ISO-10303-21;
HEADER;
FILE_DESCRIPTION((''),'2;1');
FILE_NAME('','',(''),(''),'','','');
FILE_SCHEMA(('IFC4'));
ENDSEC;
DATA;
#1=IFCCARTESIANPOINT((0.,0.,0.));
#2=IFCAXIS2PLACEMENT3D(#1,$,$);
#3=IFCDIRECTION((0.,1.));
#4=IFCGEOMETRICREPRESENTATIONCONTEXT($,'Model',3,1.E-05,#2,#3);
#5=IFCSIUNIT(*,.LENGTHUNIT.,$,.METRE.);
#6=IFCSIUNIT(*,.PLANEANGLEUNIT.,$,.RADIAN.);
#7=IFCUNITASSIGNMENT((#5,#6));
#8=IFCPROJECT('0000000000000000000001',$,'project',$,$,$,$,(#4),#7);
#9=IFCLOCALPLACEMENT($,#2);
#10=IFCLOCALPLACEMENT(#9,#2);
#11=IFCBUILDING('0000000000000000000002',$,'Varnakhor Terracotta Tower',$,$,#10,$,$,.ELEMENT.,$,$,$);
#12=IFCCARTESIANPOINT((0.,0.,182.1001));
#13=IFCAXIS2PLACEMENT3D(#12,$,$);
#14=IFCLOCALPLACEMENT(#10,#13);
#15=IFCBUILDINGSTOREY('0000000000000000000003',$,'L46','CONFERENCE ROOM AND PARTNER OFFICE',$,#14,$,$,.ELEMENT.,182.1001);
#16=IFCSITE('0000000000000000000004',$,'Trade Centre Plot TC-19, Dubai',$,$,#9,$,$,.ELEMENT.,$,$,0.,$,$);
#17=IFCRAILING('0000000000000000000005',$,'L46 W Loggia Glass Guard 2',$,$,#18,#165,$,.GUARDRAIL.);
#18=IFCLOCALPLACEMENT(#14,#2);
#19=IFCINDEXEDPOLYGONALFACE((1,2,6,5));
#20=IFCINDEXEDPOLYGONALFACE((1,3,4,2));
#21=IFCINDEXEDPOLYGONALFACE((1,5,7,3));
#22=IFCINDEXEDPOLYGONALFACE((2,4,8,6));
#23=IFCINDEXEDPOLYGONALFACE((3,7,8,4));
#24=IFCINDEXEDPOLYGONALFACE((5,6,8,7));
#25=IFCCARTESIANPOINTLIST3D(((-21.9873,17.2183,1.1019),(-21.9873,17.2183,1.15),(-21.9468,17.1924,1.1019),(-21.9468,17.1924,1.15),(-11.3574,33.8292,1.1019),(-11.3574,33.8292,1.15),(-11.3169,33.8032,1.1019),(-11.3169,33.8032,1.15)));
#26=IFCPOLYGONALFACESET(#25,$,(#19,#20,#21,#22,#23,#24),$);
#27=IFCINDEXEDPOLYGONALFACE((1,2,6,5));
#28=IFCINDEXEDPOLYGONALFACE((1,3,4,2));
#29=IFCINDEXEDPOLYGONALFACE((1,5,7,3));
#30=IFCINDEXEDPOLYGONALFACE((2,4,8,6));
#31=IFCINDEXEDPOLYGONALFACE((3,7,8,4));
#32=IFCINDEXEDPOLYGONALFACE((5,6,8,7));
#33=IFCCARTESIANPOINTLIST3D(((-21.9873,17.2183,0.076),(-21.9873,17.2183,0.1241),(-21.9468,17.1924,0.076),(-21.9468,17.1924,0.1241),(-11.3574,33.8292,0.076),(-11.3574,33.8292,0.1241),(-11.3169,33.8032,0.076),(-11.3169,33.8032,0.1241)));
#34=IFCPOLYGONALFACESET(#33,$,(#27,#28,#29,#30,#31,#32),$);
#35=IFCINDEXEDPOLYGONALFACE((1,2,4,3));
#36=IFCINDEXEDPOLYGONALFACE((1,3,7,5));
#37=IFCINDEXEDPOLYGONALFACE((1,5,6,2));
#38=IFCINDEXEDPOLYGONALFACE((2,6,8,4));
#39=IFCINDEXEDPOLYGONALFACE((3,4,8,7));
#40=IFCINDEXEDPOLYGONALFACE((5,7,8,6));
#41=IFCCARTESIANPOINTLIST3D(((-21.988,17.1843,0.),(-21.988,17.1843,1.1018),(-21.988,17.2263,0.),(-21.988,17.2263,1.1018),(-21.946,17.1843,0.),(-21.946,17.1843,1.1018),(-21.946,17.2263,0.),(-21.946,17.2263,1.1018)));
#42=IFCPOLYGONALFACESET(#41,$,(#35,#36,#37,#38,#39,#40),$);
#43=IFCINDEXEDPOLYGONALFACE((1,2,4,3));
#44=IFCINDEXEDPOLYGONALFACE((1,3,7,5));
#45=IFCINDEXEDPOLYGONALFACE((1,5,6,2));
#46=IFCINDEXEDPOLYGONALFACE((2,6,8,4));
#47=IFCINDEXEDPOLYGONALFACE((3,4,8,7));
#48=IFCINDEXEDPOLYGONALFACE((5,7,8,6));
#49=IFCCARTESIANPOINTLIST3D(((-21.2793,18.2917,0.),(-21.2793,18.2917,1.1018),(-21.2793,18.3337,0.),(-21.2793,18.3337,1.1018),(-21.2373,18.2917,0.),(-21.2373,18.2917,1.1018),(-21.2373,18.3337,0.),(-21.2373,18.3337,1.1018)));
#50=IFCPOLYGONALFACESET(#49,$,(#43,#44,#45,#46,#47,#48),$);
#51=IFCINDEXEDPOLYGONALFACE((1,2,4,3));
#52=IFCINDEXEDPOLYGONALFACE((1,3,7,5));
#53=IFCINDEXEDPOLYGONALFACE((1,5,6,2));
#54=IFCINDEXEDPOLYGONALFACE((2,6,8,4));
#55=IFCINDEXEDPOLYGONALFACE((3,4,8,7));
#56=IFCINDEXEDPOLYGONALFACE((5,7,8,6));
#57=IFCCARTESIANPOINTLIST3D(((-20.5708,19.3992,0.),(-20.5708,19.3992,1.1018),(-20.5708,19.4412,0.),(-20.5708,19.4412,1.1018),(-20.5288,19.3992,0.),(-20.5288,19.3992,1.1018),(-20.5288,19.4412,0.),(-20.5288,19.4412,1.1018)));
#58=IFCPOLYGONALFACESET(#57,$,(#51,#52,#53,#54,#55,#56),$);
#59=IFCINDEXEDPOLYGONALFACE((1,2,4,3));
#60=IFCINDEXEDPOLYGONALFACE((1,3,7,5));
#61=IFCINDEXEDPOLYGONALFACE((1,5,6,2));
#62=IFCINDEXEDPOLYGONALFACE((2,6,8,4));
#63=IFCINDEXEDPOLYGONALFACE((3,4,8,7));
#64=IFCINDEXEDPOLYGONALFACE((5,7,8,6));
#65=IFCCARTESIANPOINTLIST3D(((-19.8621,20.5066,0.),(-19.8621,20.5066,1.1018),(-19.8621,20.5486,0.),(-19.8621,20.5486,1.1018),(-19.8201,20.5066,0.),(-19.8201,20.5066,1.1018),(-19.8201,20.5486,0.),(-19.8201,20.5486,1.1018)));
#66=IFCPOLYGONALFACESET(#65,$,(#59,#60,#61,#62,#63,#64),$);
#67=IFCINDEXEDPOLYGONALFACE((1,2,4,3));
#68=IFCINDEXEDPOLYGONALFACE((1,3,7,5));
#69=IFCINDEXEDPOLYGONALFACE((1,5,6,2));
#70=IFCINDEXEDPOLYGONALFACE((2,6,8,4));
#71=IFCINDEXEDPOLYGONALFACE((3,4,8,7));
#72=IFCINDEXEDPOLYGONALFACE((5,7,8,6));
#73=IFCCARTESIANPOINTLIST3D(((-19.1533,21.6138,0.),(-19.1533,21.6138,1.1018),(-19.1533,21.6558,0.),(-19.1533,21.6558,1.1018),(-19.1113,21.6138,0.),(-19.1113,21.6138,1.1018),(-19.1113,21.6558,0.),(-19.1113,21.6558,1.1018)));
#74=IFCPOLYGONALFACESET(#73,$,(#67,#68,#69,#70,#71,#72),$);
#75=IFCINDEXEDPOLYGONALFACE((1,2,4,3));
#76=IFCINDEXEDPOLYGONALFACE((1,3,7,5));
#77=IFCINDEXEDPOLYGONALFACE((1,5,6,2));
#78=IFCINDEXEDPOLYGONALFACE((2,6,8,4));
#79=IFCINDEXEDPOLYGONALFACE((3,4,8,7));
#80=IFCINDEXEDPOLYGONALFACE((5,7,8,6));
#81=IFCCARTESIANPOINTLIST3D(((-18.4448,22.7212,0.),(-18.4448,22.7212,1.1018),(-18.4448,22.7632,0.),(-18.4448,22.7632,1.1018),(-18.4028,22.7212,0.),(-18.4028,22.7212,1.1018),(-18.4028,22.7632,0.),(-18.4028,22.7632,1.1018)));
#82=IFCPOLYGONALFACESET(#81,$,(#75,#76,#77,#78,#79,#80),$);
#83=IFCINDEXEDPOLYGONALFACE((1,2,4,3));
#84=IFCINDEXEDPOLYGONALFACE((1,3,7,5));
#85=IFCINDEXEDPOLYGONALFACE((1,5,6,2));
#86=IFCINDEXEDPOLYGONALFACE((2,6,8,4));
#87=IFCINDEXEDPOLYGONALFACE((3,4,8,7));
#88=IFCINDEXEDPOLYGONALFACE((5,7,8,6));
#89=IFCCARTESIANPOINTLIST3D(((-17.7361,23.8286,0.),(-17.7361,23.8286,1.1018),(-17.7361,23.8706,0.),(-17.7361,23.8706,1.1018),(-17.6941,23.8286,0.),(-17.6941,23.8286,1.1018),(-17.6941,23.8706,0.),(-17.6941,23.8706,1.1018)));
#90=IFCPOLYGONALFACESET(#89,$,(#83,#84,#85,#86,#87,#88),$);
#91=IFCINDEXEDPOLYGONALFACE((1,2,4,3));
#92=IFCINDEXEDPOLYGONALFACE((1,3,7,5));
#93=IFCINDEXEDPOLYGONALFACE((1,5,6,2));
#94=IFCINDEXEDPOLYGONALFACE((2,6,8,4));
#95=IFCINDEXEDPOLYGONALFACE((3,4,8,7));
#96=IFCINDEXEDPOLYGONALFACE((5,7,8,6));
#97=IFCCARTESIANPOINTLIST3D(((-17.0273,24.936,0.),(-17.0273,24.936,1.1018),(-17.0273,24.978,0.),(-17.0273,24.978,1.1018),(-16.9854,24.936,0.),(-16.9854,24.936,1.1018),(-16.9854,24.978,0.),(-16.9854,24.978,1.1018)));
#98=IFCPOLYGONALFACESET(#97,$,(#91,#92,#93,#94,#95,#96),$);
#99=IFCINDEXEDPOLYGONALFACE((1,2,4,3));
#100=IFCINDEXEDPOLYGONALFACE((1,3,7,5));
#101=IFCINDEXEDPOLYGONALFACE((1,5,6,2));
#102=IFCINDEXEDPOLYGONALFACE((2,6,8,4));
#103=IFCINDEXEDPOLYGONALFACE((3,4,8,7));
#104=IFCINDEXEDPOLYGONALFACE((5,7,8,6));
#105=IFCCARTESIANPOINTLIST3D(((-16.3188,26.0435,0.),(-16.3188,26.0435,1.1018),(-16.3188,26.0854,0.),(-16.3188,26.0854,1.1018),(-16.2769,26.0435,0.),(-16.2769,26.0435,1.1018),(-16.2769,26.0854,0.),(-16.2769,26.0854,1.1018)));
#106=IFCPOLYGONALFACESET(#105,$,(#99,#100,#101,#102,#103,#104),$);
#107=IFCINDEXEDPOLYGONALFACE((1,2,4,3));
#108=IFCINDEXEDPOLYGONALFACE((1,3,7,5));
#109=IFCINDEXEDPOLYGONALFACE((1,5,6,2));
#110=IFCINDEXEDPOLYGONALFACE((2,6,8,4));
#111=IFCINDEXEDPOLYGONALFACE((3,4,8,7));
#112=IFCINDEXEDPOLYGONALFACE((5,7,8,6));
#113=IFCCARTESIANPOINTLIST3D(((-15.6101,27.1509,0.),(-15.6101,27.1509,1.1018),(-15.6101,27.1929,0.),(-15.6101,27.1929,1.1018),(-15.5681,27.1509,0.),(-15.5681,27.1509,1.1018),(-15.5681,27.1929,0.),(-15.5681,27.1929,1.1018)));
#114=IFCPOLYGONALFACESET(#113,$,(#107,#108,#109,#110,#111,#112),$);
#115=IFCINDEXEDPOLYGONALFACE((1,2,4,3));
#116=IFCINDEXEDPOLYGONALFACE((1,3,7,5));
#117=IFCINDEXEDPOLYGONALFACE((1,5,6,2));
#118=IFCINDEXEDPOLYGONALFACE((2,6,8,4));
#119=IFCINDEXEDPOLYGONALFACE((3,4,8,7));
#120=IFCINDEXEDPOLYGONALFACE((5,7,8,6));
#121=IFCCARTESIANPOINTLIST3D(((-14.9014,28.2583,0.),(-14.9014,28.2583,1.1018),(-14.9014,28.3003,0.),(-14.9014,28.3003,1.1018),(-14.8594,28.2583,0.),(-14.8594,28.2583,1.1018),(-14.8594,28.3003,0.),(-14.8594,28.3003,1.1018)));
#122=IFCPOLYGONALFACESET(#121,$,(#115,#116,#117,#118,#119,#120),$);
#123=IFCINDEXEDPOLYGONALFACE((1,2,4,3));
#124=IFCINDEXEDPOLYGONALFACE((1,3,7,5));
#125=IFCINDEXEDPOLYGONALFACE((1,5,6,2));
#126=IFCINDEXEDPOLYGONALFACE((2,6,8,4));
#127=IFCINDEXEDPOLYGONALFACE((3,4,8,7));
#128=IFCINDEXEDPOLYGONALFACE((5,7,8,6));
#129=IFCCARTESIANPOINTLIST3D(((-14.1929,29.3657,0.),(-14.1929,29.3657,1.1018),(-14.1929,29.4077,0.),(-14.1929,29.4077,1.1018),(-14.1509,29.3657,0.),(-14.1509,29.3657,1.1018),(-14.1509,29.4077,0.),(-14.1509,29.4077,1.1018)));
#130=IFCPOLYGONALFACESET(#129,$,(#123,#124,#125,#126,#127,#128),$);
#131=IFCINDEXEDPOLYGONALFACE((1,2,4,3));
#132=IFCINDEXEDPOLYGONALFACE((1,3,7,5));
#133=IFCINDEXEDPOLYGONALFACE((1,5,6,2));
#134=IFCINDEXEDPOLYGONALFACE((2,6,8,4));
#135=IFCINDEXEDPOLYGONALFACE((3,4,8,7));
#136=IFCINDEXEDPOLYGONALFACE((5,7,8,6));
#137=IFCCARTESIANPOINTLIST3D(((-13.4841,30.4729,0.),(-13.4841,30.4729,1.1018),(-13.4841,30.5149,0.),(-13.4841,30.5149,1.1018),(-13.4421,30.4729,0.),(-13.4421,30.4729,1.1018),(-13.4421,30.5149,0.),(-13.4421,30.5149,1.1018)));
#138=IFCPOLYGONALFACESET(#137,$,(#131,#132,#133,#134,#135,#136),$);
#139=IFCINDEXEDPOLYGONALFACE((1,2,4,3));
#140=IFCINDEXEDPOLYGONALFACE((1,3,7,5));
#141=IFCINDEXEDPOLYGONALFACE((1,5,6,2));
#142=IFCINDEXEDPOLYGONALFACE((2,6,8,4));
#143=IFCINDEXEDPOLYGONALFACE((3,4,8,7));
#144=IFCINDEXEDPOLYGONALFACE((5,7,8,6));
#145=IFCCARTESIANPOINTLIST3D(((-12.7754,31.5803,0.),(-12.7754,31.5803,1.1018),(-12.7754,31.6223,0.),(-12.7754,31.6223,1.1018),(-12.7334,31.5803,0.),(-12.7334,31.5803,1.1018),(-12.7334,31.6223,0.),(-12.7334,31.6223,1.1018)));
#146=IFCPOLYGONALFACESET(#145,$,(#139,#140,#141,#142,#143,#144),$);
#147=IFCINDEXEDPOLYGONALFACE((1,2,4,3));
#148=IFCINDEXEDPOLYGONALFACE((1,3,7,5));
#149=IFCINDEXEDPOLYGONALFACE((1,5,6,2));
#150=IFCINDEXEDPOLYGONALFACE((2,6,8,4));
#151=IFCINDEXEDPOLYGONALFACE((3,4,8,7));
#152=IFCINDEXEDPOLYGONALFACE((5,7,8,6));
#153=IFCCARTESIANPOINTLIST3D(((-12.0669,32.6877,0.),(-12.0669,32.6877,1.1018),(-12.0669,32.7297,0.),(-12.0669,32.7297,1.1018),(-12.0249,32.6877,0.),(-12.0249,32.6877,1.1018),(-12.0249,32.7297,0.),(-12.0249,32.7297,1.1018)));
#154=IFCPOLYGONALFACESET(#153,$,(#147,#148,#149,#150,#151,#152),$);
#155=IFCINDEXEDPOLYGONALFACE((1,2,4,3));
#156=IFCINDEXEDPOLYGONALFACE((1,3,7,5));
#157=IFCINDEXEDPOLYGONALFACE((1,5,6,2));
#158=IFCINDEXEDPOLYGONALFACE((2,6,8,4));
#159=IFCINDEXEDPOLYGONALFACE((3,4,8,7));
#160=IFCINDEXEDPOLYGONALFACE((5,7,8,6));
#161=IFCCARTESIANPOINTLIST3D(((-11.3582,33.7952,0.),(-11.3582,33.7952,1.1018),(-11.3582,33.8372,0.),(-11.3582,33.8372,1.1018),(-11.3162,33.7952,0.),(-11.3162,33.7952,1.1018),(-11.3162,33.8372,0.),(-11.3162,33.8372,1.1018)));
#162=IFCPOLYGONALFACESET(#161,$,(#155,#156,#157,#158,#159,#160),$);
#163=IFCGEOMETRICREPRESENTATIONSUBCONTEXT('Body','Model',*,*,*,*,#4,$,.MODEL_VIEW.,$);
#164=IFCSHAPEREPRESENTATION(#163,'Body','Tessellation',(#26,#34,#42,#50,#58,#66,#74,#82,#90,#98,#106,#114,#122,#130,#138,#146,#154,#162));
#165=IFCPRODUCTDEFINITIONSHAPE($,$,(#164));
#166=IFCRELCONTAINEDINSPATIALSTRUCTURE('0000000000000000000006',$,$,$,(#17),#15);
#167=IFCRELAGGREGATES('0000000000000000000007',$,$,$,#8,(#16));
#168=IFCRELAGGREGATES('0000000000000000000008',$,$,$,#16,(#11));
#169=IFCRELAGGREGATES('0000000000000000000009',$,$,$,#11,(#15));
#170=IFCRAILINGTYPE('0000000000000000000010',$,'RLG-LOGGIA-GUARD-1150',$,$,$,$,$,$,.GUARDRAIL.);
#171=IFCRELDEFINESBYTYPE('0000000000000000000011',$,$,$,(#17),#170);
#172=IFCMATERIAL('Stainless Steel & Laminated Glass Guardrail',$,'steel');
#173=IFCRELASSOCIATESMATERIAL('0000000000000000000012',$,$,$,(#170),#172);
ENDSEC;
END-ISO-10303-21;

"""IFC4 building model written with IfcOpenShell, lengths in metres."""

from ifc_helpers import new_model, si_unit, direction, frame, origin, origin_2d, place, context, subcontext, project, spatial, rectangle, extrude, material, type_object, element, save


model = new_model("IFC4")

# Units and contexts
model_context = context("Model", 3, precision=1e-05, world=origin(), true_north=direction((0.0, 1.0)))
body_context = subcontext(model_context, "Body", "Model", "MODEL_VIEW")
ifc_project = project(units=[si_unit("LENGTHUNIT", "METRE"), si_unit("PLANEANGLEUNIT", "RADIAN")], contexts=[model_context])

# Site, building, storey
site_placement = place(None, origin())
site = spatial("IfcSite", under=ifc_project, at=site_placement, Name="Trade Centre Plot TC-19, Dubai", CompositionType="ELEMENT", RefElevation=0.0)
building_placement = place(site_placement, origin())
building = spatial("IfcBuilding", under=site, at=building_placement, Name="Varnakhor Terracotta Tower", CompositionType="ELEMENT")
storey_placement = place(building_placement, frame((0.0, 0.0, 182.1001)))
storey = spatial("IfcBuildingStorey", under=building, at=storey_placement, Name="L46", Description="CONFERENCE ROOM AND PARTNER OFFICE", CompositionType="ELEMENT", Elevation=182.1001)

# Railing
ifc_material_1 = material(Name="Stainless Steel & Laminated Glass Guardrail", Category="steel")
railing_type = type_object("IfcRailingType", Name="RLG-LOGGIA-GUARD-1150", PredefinedType="GUARDRAIL", material=ifc_material_1)
railing_1_placement = place(storey_placement, frame((-21.967, 17.2053, 0.0)))
element("IfcRailing", 1, at=railing_1_placement, inside=storey, type_object=railing_type, Name="L46 W Loggia Glass Guard 2", PredefinedType="GUARDRAIL", context=body_context, shape_type="SweptSolid", body=[
    extrude(rectangle(XDim=0.0481, YDim=0.0481, at=origin_2d()), frame((0.0, 0.0, 1.126), z_axis=(0.539016, 0.842296, 0.0), x_axis=(-0.842296, 0.539016, 0.0)), (0.0, 0.0, 1.0), 19.7209),
    extrude(rectangle(XDim=0.0481, YDim=0.0481, at=origin_2d()), frame((0.0, 0.0, 0.1001), z_axis=(0.539016, 0.842296, 0.0), x_axis=(-0.842296, 0.539016, 0.0)), (0.0, 0.0, 1.0), 19.7209),
    extrude(rectangle(XDim=0.042, YDim=0.042, at=origin_2d()), origin(), (0.0, 0.0, 1.0), 1.1018),
    extrude(rectangle(XDim=0.042, YDim=0.042, at=origin_2d()), frame((0.7087, 1.1074, 0.0)), (0.0, 0.0, 1.0), 1.1018),
    extrude(rectangle(XDim=0.042, YDim=0.042, at=origin_2d()), frame((1.4172, 2.2148, 0.0)), (0.0, 0.0, 1.0), 1.1018),
    extrude(rectangle(XDim=0.042, YDim=0.042, at=origin_2d()), frame((2.126, 3.3223, 0.0)), (0.0, 0.0, 1.0), 1.1018),
    extrude(rectangle(XDim=0.042, YDim=0.042, at=origin_2d()), frame((2.8347, 4.4294, 0.0)), (0.0, 0.0, 1.0), 1.1018),
    extrude(rectangle(XDim=0.042, YDim=0.042, at=origin_2d()), frame((3.5432, 5.5369, 0.0)), (0.0, 0.0, 1.0), 1.1018),
    extrude(rectangle(XDim=0.042, YDim=0.042, at=origin_2d()), frame((4.252, 6.6443, 0.0)), (0.0, 0.0, 1.0), 1.1018),
    extrude(rectangle(XDim=0.042, YDim=0.042, at=origin_2d()), frame((4.9607, 7.7517, 0.0)), (0.0, 0.0, 1.0), 1.1018),
    extrude(rectangle(XDim=0.042, YDim=0.042, at=origin_2d()), frame((5.6692, 8.8591, 0.0)), (0.0, 0.0, 1.0), 1.1018),
    extrude(rectangle(XDim=0.042, YDim=0.042, at=origin_2d()), frame((6.3779, 9.9666, 0.0)), (0.0, 0.0, 1.0), 1.1018),
    extrude(rectangle(XDim=0.042, YDim=0.042, at=origin_2d()), frame((7.0867, 11.074, 0.0)), (0.0, 0.0, 1.0), 1.1018),
    extrude(rectangle(XDim=0.042, YDim=0.042, at=origin_2d()), frame((7.7952, 12.1814, 0.0)), (0.0, 0.0, 1.0), 1.1018),
    extrude(rectangle(XDim=0.042, YDim=0.042, at=origin_2d()), frame((8.5039, 13.2886, 0.0)), (0.0, 0.0, 1.0), 1.1018),
    extrude(rectangle(XDim=0.042, YDim=0.042, at=origin_2d()), frame((9.2126, 14.396, 0.0)), (0.0, 0.0, 1.0), 1.1018),
    extrude(rectangle(XDim=0.042, YDim=0.042, at=origin_2d()), frame((9.9211, 15.5034, 0.0)), (0.0, 0.0, 1.0), 1.1018),
    extrude(rectangle(XDim=0.042, YDim=0.042, at=origin_2d()), frame((10.6299, 16.6108, 0.0)), (0.0, 0.0, 1.0), 1.1018),
])

save(model, "model.ifc")
